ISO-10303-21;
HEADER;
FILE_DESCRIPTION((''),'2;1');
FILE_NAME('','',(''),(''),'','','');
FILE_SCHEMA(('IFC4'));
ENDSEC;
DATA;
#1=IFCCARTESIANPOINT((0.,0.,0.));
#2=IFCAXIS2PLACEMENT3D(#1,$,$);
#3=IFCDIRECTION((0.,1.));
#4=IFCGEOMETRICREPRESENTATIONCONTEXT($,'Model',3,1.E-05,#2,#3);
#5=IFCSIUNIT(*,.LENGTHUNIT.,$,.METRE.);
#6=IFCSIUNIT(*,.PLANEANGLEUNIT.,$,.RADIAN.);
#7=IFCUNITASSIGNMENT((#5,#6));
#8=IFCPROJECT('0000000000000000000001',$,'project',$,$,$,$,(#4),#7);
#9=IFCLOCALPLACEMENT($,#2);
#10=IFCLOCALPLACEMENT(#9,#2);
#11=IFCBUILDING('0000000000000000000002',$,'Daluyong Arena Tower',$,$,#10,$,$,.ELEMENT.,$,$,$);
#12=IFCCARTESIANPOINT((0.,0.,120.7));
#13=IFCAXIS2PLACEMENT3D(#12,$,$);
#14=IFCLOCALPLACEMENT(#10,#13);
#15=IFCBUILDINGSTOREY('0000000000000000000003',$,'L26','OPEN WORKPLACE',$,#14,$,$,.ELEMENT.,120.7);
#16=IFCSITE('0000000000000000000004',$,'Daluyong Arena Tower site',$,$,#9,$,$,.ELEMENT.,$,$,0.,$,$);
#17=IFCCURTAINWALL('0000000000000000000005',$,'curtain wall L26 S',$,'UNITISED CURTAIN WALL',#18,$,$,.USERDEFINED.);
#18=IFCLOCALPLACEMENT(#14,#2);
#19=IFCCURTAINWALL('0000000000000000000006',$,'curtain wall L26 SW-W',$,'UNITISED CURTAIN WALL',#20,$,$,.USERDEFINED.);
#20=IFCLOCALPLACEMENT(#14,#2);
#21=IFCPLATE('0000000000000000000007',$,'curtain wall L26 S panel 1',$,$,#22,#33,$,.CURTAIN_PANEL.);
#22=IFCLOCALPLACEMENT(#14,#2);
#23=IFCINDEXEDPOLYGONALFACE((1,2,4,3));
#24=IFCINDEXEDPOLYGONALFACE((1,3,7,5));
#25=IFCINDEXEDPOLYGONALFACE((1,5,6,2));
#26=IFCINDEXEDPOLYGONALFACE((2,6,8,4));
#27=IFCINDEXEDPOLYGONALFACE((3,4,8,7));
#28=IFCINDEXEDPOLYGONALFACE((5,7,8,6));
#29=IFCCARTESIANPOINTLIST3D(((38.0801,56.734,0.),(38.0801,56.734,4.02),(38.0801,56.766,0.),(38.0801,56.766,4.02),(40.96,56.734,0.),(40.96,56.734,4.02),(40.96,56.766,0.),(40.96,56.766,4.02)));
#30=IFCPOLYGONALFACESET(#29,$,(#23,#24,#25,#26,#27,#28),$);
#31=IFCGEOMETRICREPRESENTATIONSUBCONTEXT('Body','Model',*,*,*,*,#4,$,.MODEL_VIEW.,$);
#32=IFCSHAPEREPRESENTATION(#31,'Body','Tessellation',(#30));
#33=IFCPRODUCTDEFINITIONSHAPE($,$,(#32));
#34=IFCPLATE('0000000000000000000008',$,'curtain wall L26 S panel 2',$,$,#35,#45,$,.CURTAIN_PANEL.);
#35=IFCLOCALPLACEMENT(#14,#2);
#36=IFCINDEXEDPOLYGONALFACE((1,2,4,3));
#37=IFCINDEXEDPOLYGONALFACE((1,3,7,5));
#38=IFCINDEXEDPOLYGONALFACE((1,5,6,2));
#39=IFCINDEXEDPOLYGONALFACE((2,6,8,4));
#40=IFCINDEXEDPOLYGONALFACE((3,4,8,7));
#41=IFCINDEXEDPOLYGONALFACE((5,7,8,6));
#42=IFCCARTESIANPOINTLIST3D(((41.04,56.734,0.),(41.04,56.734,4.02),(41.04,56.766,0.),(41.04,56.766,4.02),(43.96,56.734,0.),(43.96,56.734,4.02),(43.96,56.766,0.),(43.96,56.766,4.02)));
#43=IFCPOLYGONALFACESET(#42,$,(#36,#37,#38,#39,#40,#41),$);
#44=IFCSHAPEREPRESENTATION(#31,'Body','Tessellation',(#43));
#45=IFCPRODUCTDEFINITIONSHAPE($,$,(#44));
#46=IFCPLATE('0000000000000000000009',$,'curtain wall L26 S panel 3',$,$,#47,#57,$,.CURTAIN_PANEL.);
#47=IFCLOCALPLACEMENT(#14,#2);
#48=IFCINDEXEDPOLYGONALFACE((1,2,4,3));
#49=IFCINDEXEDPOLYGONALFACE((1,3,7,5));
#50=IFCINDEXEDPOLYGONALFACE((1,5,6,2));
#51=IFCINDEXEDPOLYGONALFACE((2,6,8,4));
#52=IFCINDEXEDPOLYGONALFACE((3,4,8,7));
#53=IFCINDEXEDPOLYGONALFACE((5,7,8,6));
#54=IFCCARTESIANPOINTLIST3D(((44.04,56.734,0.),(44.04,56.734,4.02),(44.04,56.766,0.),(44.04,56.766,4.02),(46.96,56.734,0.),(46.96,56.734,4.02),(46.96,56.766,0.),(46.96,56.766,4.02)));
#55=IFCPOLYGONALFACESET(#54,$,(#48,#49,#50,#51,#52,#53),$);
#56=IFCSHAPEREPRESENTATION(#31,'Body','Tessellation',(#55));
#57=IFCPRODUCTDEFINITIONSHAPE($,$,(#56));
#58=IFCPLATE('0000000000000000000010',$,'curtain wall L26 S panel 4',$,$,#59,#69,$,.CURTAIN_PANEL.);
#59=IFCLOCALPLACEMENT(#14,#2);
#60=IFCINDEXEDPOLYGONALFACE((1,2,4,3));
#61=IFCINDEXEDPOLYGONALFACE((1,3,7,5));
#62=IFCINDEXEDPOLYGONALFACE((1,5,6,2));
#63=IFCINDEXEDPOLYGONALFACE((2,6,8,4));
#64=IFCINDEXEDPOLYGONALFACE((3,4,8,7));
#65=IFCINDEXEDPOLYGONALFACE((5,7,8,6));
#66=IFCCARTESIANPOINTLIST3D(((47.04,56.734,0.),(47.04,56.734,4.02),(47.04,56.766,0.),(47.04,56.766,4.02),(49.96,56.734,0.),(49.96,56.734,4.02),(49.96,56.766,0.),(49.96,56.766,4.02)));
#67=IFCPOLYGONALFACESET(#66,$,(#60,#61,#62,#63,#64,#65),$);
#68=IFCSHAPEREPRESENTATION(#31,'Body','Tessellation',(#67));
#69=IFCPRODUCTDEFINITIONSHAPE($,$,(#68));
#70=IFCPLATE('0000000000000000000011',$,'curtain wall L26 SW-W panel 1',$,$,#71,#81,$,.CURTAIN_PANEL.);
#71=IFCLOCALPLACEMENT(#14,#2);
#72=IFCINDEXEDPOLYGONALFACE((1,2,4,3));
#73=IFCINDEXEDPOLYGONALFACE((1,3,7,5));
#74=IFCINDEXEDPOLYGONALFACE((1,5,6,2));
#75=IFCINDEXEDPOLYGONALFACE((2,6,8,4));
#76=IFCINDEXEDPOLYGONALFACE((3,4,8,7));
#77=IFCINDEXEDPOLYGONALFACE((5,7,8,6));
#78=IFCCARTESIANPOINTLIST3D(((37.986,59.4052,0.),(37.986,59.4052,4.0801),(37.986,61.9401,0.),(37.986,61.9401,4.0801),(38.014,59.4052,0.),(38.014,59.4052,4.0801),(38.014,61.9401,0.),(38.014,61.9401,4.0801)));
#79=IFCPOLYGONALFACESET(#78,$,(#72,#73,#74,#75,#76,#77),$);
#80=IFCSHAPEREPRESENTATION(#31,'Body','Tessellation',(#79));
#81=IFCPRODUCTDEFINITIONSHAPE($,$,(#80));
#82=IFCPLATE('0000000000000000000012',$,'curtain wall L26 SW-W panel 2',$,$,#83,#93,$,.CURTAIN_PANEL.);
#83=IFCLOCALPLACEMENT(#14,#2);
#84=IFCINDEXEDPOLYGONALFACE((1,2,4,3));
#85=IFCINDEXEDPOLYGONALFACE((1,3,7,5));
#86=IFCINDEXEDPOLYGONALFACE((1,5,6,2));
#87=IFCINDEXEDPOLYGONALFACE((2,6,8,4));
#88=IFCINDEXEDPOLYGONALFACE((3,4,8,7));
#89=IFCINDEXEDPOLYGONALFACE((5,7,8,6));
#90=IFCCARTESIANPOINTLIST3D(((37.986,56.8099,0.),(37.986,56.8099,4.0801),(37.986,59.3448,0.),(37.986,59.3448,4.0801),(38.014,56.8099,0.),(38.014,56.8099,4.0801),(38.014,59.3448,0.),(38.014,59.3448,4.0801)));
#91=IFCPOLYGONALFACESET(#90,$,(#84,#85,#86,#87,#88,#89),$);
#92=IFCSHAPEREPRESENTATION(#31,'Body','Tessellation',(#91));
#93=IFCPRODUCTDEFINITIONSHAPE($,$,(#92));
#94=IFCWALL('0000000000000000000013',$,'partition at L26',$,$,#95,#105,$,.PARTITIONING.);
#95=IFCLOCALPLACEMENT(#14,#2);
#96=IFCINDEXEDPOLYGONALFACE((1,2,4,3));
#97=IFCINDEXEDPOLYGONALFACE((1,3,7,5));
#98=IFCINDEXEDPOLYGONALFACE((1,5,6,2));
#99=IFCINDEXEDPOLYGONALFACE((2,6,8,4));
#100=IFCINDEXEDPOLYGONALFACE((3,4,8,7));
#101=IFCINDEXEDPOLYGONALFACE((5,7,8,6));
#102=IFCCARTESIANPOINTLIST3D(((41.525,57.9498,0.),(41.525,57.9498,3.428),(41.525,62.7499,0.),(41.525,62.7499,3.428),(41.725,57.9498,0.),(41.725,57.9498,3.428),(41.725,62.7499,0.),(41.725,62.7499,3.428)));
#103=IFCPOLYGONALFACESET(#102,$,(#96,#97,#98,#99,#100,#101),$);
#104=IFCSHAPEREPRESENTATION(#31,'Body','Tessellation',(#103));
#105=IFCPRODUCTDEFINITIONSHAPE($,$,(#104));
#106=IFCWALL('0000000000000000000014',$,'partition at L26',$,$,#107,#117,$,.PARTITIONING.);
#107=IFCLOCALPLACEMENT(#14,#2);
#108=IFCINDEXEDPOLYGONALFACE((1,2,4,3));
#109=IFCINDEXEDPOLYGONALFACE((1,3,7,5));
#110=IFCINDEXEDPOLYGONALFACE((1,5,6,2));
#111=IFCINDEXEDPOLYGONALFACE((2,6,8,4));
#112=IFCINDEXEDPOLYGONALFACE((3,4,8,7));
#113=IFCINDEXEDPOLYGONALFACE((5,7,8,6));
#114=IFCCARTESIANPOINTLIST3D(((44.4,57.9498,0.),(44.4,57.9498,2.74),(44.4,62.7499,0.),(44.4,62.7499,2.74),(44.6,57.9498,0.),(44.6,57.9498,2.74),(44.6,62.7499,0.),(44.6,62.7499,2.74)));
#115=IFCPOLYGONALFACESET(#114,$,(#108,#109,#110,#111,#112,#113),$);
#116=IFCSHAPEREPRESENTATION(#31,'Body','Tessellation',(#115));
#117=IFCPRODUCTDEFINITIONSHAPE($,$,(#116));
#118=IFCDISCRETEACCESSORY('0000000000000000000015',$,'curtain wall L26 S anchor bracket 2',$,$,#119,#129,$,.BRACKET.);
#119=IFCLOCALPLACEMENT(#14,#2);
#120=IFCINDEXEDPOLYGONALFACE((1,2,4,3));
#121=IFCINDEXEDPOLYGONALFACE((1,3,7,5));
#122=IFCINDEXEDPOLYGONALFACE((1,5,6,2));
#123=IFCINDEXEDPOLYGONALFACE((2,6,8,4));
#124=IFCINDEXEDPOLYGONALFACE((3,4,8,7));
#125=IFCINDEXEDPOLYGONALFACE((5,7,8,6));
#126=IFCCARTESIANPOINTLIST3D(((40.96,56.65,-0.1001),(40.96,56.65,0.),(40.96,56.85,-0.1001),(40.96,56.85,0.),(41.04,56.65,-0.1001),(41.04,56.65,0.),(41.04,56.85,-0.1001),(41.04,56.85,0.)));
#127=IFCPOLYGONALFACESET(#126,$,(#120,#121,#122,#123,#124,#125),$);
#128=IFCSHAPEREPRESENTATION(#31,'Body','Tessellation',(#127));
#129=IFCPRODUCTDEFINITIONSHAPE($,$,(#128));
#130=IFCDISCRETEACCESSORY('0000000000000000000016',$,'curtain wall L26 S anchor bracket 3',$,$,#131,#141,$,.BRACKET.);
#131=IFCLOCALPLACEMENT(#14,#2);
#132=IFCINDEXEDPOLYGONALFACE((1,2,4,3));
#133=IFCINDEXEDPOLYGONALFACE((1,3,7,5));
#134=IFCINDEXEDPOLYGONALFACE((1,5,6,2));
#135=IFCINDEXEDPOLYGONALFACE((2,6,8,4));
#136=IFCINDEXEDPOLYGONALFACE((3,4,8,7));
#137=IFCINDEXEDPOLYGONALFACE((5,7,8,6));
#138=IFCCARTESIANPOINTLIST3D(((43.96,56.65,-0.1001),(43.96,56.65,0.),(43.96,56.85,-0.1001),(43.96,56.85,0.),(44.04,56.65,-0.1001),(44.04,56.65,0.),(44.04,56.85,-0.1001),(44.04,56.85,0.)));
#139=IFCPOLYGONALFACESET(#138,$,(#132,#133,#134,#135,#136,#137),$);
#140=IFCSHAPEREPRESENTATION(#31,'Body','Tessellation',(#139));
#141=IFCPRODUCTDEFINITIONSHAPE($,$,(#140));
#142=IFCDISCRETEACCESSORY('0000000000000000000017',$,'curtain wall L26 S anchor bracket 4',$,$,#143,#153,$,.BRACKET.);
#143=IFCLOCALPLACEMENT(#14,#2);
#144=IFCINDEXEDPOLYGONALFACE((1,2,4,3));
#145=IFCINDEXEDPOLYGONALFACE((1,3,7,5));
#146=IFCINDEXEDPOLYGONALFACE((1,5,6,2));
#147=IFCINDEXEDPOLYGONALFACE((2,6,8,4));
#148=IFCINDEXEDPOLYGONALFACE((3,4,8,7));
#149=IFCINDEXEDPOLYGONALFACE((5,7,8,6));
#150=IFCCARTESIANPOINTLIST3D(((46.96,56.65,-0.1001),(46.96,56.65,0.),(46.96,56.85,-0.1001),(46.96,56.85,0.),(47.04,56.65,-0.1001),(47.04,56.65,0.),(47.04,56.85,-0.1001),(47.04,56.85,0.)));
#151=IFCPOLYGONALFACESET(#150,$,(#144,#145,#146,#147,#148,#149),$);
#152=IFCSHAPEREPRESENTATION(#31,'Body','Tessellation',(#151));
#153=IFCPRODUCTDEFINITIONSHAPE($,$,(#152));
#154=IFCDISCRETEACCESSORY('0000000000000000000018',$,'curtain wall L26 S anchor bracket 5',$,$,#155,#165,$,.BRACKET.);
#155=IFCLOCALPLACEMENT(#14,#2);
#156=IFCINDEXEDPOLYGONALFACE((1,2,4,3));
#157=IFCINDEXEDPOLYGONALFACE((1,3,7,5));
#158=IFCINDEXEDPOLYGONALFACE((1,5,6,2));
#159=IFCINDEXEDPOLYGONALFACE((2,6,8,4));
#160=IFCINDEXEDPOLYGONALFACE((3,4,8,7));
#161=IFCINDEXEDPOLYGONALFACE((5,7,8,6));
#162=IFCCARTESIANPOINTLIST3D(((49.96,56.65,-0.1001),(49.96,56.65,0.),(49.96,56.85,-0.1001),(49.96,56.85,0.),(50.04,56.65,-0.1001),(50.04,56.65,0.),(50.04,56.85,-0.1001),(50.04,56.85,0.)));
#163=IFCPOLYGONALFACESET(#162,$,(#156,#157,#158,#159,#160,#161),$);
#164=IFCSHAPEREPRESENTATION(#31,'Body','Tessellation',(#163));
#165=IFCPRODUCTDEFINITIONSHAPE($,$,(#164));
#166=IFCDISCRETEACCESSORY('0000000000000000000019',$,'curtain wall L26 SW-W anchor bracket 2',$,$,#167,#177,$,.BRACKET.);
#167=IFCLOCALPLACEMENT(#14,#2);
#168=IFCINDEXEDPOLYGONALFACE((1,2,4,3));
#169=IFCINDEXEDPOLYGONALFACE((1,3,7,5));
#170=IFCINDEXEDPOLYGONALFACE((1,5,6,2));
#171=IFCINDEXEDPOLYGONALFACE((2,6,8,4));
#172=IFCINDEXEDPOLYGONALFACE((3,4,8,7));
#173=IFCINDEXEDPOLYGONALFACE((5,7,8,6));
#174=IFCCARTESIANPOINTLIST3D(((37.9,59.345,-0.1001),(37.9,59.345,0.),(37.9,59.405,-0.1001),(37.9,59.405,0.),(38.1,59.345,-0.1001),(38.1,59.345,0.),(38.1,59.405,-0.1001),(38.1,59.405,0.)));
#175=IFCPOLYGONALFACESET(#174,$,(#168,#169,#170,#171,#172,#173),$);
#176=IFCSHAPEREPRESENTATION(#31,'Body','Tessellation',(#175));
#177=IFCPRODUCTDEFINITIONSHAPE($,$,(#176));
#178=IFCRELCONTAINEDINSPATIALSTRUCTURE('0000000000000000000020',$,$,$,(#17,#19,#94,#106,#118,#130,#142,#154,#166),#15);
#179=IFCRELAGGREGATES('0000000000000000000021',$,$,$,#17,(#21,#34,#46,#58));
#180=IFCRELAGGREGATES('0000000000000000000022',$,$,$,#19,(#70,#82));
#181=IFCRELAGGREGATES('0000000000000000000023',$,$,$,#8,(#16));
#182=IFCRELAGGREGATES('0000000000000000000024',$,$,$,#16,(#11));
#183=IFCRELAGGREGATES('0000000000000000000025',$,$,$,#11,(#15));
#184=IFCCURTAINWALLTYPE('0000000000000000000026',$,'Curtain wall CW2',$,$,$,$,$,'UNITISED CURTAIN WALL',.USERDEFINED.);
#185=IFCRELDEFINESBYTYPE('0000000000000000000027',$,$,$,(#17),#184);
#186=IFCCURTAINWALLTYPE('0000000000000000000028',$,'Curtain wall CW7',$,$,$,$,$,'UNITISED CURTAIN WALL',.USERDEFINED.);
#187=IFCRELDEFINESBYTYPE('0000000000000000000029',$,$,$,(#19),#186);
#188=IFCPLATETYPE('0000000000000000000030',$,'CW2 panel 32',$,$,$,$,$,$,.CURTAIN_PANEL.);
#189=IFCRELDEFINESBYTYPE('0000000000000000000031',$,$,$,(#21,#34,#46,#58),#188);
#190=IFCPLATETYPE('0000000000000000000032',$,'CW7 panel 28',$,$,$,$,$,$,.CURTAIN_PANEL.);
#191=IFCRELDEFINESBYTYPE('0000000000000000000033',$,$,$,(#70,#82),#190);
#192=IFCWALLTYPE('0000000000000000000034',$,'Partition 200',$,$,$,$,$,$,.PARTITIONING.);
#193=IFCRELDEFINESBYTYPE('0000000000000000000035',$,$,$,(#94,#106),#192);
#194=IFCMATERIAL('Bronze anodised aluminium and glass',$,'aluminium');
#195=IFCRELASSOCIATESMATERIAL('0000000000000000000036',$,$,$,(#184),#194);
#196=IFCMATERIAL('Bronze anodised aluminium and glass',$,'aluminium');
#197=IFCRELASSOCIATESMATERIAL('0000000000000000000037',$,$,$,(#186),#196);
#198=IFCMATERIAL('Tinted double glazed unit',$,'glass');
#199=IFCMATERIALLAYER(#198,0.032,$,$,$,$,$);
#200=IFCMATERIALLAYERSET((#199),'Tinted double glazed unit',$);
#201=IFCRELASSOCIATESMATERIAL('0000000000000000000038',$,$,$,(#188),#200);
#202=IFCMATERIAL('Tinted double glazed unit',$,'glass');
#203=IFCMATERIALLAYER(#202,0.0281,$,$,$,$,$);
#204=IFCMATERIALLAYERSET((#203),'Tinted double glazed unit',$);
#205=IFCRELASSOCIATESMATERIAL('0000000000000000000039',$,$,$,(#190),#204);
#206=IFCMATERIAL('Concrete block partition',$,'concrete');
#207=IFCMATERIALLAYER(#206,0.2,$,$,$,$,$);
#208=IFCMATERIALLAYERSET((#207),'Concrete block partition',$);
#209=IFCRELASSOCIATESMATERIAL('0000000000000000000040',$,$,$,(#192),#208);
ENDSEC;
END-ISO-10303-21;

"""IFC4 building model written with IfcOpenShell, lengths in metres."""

from ifc_helpers import new_model, si_unit, direction, frame, frame_2d, origin, origin_2d, place, context, subcontext, project, spatial, rectangle, extrude, material, layer, layer_set, type_object, element, aggregate, save


model = new_model("IFC4")

# Units and contexts
model_context = context("Model", 3, precision=1e-05, world=origin(), true_north=direction((0.0, 1.0)))
body_context = subcontext(model_context, "Body", "Model", "MODEL_VIEW")
ifc_project = project(units=[si_unit("LENGTHUNIT", "METRE"), si_unit("PLANEANGLEUNIT", "RADIAN")], contexts=[model_context])

# Site, building, storey
site_placement = place(None, origin())
site = spatial("IfcSite", under=ifc_project, at=site_placement, Name="Daluyong Arena Tower site", CompositionType="ELEMENT", RefElevation=0.0)
building_placement = place(site_placement, origin())
building = spatial("IfcBuilding", under=site, at=building_placement, Name="Daluyong Arena Tower", CompositionType="ELEMENT")
storey_placement = place(building_placement, frame((0.0, 0.0, 120.7)))
storey = spatial("IfcBuildingStorey", under=building, at=storey_placement, Name="L26", Description="OPEN WORKPLACE", CompositionType="ELEMENT", Elevation=120.7)

# Curtain walls
ifc_material_1 = material(Name="Bronze anodised aluminium and glass", Category="aluminium")
curtain_wall_type_1 = type_object("IfcCurtainWallType", Name="Curtain wall CW2", ElementType="UNITISED CURTAIN WALL", PredefinedType="USERDEFINED", material=ifc_material_1)
curtain_wall_1_placement = place(storey_placement, origin())
curtain_wall_1 = element("IfcCurtainWall", 1, at=curtain_wall_1_placement, inside=storey, type_object=curtain_wall_type_1, Name="curtain wall L26 S", ObjectType="UNITISED CURTAIN WALL", PredefinedType="USERDEFINED")
ifc_material_2 = material(Name="Bronze anodised aluminium and glass", Category="aluminium")
curtain_wall_type_2 = type_object("IfcCurtainWallType", Name="Curtain wall CW7", ElementType="UNITISED CURTAIN WALL", PredefinedType="USERDEFINED", material=ifc_material_2)
curtain_wall_2_placement = place(storey_placement, origin())
curtain_wall_2 = element("IfcCurtainWall", 2, at=curtain_wall_2_placement, inside=storey, type_object=curtain_wall_type_2, Name="curtain wall L26 SW-W", ObjectType="UNITISED CURTAIN WALL", PredefinedType="USERDEFINED")

# Plates
ifc_material_3 = material(Name="Tinted double glazed unit", Category="glass")
ifc_layer_1 = layer(ifc_material_3, 0.032)
ifc_layer_set_1 = layer_set([ifc_layer_1], Name="Tinted double glazed unit")
plate_type_1 = type_object("IfcPlateType", Name="CW2 panel 32", PredefinedType="CURTAIN_PANEL", material=ifc_layer_set_1)
plate_1_placement = place(storey_placement, frame((39.52, 56.75, 0.0), z_axis=(0.0, 0.0, 1.0), x_axis=(1.0, 0.0, 0.0)))
plate_1 = element("IfcPlate", 3, at=plate_1_placement, type_object=plate_type_1, Name="curtain wall L26 S panel 1", PredefinedType="CURTAIN_PANEL", context=body_context, shape_type="SweptSolid", body=[
    extrude(rectangle(XDim=2.8799, YDim=0.032, at=origin_2d()), origin(), (0.0, 0.0, 1.0), 4.02),
])
plate_2_placement = place(storey_placement, frame((42.5, 56.75, 0.0), z_axis=(0.0, 0.0, 1.0), x_axis=(1.0, 0.0, 0.0)))
plate_2 = element("IfcPlate", 4, at=plate_2_placement, type_object=plate_type_1, Name="curtain wall L26 S panel 2", PredefinedType="CURTAIN_PANEL", context=body_context, shape_type="SweptSolid", body=[
    extrude(rectangle(XDim=2.9199, YDim=0.032, at=origin_2d()), origin(), (0.0, 0.0, 1.0), 4.02),
])
plate_3_placement = place(storey_placement, frame((45.5, 56.75, 0.0), z_axis=(0.0, 0.0, 1.0), x_axis=(1.0, 0.0, 0.0)))
plate_3 = element("IfcPlate", 5, at=plate_3_placement, type_object=plate_type_1, Name="curtain wall L26 S panel 3", PredefinedType="CURTAIN_PANEL", context=body_context, shape_type="SweptSolid", body=[
    extrude(rectangle(XDim=2.9199, YDim=0.032, at=origin_2d()), origin(), (0.0, 0.0, 1.0), 4.02),
])
plate_4_placement = place(storey_placement, frame((48.5, 56.75, 0.0), z_axis=(0.0, 0.0, 1.0), x_axis=(1.0, 0.0, 0.0)))
plate_4 = element("IfcPlate", 6, at=plate_4_placement, type_object=plate_type_1, Name="curtain wall L26 S panel 4", PredefinedType="CURTAIN_PANEL", context=body_context, shape_type="SweptSolid", body=[
    extrude(rectangle(XDim=2.9199, YDim=0.032, at=origin_2d()), origin(), (0.0, 0.0, 1.0), 4.02),
])
aggregate(curtain_wall_1, [plate_1, plate_2, plate_3, plate_4])
ifc_material_4 = material(Name="Tinted double glazed unit", Category="glass")
ifc_layer_2 = layer(ifc_material_4, 0.0281)
ifc_layer_set_2 = layer_set([ifc_layer_2], Name="Tinted double glazed unit")
plate_type_2 = type_object("IfcPlateType", Name="CW7 panel 28", PredefinedType="CURTAIN_PANEL", material=ifc_layer_set_2)
plate_5_placement = place(storey_placement, frame((38.0, 60.6726, 0.0), z_axis=(0.0, 0.0, 1.0), x_axis=(0.0, -1.0, 0.0)))
plate_5 = element("IfcPlate", 7, at=plate_5_placement, type_object=plate_type_2, Name="curtain wall L26 SW-W panel 1", PredefinedType="CURTAIN_PANEL", context=body_context, shape_type="SweptSolid", body=[
    extrude(rectangle(XDim=2.5349, YDim=0.0281, at=origin_2d()), origin(), (0.0, 0.0, 1.0), 4.0801),
])
plate_6_placement = place(storey_placement, frame((38.0, 58.0774, 0.0), z_axis=(0.0, 0.0, 1.0), x_axis=(0.0, -1.0, 0.0)))
plate_6 = element("IfcPlate", 8, at=plate_6_placement, type_object=plate_type_2, Name="curtain wall L26 SW-W panel 2", PredefinedType="CURTAIN_PANEL", context=body_context, shape_type="SweptSolid", body=[
    extrude(rectangle(XDim=2.5349, YDim=0.0281, at=origin_2d()), origin(), (0.0, 0.0, 1.0), 4.0801),
])
aggregate(curtain_wall_2, [plate_5, plate_6])

# Walls
ifc_material_5 = material(Name="Concrete block partition", Category="concrete")
ifc_layer_3 = layer(ifc_material_5, 0.2)
ifc_layer_set_3 = layer_set([ifc_layer_3], Name="Concrete block partition")
wall_type = type_object("IfcWallType", Name="Partition 200", PredefinedType="PARTITIONING", material=ifc_layer_set_3)
wall_1_placement = place(storey_placement, frame((41.625, 57.95, 0.0), z_axis=(0.0, 0.0, 1.0), x_axis=(0.0, 1.0, 0.0)))
element("IfcWall", 9, at=wall_1_placement, inside=storey, type_object=wall_type, Name="partition at L26", PredefinedType="PARTITIONING", context=body_context, shape_type="SweptSolid", body=[
    extrude(rectangle(XDim=4.8, YDim=0.2, at=frame_2d((2.3999, 0.0))), origin(), (0.0, 0.0, 1.0), 3.428),
])
wall_2_placement = place(storey_placement, frame((44.5, 57.95, 0.0), z_axis=(0.0, 0.0, 1.0), x_axis=(0.0, 1.0, 0.0)))
element("IfcWall", 10, at=wall_2_placement, inside=storey, type_object=wall_type, Name="partition at L26", PredefinedType="PARTITIONING", context=body_context, shape_type="SweptSolid", body=[
    extrude(rectangle(XDim=4.8, YDim=0.2, at=frame_2d((2.3999, 0.0))), origin(), (0.0, 0.0, 1.0), 2.74),
])

# Discrete accessories
for number, where, z_axis, x_axis, name in (
    (11, (41.0, 56.75, -0.1001), (0.0, 0.0, 1.0), (1.0, 0.0, 0.0), "curtain wall L26 S anchor bracket 2"),
    (12, (44.0, 56.75, -0.1001), (0.0, 0.0, 1.0), (1.0, 0.0, 0.0), "curtain wall L26 S anchor bracket 3"),
    (13, (47.0, 56.75, -0.1001), (0.0, 0.0, 1.0), (1.0, 0.0, 0.0), "curtain wall L26 S anchor bracket 4"),
    (14, (50.0, 56.75, -0.1001), (0.0, 0.0, 1.0), (1.0, 0.0, 0.0), "curtain wall L26 S anchor bracket 5"),
):
    element("IfcDiscreteAccessory", number, at=place(storey_placement, frame(where, z_axis=z_axis, x_axis=x_axis)), inside=storey, Name=name, PredefinedType="BRACKET", context=body_context, shape_type="SweptSolid", body=[
        extrude(rectangle(XDim=0.0801, YDim=0.2, at=origin_2d()), origin(), (0.0, 0.0, 1.0), 0.1001),
    ])
discrete_accessory_placement = place(storey_placement, frame((38.0, 59.375, -0.1001), z_axis=(0.0, 0.0, 1.0), x_axis=(0.0, -1.0, 0.0)))
element("IfcDiscreteAccessory", 15, at=discrete_accessory_placement, inside=storey, Name="curtain wall L26 SW-W anchor bracket 2", PredefinedType="BRACKET", context=body_context, shape_type="SweptSolid", body=[
    extrude(rectangle(XDim=0.0601, YDim=0.2, at=origin_2d()), origin(), (0.0, 0.0, 1.0), 0.1001),
])

save(model, "model.ifc")
